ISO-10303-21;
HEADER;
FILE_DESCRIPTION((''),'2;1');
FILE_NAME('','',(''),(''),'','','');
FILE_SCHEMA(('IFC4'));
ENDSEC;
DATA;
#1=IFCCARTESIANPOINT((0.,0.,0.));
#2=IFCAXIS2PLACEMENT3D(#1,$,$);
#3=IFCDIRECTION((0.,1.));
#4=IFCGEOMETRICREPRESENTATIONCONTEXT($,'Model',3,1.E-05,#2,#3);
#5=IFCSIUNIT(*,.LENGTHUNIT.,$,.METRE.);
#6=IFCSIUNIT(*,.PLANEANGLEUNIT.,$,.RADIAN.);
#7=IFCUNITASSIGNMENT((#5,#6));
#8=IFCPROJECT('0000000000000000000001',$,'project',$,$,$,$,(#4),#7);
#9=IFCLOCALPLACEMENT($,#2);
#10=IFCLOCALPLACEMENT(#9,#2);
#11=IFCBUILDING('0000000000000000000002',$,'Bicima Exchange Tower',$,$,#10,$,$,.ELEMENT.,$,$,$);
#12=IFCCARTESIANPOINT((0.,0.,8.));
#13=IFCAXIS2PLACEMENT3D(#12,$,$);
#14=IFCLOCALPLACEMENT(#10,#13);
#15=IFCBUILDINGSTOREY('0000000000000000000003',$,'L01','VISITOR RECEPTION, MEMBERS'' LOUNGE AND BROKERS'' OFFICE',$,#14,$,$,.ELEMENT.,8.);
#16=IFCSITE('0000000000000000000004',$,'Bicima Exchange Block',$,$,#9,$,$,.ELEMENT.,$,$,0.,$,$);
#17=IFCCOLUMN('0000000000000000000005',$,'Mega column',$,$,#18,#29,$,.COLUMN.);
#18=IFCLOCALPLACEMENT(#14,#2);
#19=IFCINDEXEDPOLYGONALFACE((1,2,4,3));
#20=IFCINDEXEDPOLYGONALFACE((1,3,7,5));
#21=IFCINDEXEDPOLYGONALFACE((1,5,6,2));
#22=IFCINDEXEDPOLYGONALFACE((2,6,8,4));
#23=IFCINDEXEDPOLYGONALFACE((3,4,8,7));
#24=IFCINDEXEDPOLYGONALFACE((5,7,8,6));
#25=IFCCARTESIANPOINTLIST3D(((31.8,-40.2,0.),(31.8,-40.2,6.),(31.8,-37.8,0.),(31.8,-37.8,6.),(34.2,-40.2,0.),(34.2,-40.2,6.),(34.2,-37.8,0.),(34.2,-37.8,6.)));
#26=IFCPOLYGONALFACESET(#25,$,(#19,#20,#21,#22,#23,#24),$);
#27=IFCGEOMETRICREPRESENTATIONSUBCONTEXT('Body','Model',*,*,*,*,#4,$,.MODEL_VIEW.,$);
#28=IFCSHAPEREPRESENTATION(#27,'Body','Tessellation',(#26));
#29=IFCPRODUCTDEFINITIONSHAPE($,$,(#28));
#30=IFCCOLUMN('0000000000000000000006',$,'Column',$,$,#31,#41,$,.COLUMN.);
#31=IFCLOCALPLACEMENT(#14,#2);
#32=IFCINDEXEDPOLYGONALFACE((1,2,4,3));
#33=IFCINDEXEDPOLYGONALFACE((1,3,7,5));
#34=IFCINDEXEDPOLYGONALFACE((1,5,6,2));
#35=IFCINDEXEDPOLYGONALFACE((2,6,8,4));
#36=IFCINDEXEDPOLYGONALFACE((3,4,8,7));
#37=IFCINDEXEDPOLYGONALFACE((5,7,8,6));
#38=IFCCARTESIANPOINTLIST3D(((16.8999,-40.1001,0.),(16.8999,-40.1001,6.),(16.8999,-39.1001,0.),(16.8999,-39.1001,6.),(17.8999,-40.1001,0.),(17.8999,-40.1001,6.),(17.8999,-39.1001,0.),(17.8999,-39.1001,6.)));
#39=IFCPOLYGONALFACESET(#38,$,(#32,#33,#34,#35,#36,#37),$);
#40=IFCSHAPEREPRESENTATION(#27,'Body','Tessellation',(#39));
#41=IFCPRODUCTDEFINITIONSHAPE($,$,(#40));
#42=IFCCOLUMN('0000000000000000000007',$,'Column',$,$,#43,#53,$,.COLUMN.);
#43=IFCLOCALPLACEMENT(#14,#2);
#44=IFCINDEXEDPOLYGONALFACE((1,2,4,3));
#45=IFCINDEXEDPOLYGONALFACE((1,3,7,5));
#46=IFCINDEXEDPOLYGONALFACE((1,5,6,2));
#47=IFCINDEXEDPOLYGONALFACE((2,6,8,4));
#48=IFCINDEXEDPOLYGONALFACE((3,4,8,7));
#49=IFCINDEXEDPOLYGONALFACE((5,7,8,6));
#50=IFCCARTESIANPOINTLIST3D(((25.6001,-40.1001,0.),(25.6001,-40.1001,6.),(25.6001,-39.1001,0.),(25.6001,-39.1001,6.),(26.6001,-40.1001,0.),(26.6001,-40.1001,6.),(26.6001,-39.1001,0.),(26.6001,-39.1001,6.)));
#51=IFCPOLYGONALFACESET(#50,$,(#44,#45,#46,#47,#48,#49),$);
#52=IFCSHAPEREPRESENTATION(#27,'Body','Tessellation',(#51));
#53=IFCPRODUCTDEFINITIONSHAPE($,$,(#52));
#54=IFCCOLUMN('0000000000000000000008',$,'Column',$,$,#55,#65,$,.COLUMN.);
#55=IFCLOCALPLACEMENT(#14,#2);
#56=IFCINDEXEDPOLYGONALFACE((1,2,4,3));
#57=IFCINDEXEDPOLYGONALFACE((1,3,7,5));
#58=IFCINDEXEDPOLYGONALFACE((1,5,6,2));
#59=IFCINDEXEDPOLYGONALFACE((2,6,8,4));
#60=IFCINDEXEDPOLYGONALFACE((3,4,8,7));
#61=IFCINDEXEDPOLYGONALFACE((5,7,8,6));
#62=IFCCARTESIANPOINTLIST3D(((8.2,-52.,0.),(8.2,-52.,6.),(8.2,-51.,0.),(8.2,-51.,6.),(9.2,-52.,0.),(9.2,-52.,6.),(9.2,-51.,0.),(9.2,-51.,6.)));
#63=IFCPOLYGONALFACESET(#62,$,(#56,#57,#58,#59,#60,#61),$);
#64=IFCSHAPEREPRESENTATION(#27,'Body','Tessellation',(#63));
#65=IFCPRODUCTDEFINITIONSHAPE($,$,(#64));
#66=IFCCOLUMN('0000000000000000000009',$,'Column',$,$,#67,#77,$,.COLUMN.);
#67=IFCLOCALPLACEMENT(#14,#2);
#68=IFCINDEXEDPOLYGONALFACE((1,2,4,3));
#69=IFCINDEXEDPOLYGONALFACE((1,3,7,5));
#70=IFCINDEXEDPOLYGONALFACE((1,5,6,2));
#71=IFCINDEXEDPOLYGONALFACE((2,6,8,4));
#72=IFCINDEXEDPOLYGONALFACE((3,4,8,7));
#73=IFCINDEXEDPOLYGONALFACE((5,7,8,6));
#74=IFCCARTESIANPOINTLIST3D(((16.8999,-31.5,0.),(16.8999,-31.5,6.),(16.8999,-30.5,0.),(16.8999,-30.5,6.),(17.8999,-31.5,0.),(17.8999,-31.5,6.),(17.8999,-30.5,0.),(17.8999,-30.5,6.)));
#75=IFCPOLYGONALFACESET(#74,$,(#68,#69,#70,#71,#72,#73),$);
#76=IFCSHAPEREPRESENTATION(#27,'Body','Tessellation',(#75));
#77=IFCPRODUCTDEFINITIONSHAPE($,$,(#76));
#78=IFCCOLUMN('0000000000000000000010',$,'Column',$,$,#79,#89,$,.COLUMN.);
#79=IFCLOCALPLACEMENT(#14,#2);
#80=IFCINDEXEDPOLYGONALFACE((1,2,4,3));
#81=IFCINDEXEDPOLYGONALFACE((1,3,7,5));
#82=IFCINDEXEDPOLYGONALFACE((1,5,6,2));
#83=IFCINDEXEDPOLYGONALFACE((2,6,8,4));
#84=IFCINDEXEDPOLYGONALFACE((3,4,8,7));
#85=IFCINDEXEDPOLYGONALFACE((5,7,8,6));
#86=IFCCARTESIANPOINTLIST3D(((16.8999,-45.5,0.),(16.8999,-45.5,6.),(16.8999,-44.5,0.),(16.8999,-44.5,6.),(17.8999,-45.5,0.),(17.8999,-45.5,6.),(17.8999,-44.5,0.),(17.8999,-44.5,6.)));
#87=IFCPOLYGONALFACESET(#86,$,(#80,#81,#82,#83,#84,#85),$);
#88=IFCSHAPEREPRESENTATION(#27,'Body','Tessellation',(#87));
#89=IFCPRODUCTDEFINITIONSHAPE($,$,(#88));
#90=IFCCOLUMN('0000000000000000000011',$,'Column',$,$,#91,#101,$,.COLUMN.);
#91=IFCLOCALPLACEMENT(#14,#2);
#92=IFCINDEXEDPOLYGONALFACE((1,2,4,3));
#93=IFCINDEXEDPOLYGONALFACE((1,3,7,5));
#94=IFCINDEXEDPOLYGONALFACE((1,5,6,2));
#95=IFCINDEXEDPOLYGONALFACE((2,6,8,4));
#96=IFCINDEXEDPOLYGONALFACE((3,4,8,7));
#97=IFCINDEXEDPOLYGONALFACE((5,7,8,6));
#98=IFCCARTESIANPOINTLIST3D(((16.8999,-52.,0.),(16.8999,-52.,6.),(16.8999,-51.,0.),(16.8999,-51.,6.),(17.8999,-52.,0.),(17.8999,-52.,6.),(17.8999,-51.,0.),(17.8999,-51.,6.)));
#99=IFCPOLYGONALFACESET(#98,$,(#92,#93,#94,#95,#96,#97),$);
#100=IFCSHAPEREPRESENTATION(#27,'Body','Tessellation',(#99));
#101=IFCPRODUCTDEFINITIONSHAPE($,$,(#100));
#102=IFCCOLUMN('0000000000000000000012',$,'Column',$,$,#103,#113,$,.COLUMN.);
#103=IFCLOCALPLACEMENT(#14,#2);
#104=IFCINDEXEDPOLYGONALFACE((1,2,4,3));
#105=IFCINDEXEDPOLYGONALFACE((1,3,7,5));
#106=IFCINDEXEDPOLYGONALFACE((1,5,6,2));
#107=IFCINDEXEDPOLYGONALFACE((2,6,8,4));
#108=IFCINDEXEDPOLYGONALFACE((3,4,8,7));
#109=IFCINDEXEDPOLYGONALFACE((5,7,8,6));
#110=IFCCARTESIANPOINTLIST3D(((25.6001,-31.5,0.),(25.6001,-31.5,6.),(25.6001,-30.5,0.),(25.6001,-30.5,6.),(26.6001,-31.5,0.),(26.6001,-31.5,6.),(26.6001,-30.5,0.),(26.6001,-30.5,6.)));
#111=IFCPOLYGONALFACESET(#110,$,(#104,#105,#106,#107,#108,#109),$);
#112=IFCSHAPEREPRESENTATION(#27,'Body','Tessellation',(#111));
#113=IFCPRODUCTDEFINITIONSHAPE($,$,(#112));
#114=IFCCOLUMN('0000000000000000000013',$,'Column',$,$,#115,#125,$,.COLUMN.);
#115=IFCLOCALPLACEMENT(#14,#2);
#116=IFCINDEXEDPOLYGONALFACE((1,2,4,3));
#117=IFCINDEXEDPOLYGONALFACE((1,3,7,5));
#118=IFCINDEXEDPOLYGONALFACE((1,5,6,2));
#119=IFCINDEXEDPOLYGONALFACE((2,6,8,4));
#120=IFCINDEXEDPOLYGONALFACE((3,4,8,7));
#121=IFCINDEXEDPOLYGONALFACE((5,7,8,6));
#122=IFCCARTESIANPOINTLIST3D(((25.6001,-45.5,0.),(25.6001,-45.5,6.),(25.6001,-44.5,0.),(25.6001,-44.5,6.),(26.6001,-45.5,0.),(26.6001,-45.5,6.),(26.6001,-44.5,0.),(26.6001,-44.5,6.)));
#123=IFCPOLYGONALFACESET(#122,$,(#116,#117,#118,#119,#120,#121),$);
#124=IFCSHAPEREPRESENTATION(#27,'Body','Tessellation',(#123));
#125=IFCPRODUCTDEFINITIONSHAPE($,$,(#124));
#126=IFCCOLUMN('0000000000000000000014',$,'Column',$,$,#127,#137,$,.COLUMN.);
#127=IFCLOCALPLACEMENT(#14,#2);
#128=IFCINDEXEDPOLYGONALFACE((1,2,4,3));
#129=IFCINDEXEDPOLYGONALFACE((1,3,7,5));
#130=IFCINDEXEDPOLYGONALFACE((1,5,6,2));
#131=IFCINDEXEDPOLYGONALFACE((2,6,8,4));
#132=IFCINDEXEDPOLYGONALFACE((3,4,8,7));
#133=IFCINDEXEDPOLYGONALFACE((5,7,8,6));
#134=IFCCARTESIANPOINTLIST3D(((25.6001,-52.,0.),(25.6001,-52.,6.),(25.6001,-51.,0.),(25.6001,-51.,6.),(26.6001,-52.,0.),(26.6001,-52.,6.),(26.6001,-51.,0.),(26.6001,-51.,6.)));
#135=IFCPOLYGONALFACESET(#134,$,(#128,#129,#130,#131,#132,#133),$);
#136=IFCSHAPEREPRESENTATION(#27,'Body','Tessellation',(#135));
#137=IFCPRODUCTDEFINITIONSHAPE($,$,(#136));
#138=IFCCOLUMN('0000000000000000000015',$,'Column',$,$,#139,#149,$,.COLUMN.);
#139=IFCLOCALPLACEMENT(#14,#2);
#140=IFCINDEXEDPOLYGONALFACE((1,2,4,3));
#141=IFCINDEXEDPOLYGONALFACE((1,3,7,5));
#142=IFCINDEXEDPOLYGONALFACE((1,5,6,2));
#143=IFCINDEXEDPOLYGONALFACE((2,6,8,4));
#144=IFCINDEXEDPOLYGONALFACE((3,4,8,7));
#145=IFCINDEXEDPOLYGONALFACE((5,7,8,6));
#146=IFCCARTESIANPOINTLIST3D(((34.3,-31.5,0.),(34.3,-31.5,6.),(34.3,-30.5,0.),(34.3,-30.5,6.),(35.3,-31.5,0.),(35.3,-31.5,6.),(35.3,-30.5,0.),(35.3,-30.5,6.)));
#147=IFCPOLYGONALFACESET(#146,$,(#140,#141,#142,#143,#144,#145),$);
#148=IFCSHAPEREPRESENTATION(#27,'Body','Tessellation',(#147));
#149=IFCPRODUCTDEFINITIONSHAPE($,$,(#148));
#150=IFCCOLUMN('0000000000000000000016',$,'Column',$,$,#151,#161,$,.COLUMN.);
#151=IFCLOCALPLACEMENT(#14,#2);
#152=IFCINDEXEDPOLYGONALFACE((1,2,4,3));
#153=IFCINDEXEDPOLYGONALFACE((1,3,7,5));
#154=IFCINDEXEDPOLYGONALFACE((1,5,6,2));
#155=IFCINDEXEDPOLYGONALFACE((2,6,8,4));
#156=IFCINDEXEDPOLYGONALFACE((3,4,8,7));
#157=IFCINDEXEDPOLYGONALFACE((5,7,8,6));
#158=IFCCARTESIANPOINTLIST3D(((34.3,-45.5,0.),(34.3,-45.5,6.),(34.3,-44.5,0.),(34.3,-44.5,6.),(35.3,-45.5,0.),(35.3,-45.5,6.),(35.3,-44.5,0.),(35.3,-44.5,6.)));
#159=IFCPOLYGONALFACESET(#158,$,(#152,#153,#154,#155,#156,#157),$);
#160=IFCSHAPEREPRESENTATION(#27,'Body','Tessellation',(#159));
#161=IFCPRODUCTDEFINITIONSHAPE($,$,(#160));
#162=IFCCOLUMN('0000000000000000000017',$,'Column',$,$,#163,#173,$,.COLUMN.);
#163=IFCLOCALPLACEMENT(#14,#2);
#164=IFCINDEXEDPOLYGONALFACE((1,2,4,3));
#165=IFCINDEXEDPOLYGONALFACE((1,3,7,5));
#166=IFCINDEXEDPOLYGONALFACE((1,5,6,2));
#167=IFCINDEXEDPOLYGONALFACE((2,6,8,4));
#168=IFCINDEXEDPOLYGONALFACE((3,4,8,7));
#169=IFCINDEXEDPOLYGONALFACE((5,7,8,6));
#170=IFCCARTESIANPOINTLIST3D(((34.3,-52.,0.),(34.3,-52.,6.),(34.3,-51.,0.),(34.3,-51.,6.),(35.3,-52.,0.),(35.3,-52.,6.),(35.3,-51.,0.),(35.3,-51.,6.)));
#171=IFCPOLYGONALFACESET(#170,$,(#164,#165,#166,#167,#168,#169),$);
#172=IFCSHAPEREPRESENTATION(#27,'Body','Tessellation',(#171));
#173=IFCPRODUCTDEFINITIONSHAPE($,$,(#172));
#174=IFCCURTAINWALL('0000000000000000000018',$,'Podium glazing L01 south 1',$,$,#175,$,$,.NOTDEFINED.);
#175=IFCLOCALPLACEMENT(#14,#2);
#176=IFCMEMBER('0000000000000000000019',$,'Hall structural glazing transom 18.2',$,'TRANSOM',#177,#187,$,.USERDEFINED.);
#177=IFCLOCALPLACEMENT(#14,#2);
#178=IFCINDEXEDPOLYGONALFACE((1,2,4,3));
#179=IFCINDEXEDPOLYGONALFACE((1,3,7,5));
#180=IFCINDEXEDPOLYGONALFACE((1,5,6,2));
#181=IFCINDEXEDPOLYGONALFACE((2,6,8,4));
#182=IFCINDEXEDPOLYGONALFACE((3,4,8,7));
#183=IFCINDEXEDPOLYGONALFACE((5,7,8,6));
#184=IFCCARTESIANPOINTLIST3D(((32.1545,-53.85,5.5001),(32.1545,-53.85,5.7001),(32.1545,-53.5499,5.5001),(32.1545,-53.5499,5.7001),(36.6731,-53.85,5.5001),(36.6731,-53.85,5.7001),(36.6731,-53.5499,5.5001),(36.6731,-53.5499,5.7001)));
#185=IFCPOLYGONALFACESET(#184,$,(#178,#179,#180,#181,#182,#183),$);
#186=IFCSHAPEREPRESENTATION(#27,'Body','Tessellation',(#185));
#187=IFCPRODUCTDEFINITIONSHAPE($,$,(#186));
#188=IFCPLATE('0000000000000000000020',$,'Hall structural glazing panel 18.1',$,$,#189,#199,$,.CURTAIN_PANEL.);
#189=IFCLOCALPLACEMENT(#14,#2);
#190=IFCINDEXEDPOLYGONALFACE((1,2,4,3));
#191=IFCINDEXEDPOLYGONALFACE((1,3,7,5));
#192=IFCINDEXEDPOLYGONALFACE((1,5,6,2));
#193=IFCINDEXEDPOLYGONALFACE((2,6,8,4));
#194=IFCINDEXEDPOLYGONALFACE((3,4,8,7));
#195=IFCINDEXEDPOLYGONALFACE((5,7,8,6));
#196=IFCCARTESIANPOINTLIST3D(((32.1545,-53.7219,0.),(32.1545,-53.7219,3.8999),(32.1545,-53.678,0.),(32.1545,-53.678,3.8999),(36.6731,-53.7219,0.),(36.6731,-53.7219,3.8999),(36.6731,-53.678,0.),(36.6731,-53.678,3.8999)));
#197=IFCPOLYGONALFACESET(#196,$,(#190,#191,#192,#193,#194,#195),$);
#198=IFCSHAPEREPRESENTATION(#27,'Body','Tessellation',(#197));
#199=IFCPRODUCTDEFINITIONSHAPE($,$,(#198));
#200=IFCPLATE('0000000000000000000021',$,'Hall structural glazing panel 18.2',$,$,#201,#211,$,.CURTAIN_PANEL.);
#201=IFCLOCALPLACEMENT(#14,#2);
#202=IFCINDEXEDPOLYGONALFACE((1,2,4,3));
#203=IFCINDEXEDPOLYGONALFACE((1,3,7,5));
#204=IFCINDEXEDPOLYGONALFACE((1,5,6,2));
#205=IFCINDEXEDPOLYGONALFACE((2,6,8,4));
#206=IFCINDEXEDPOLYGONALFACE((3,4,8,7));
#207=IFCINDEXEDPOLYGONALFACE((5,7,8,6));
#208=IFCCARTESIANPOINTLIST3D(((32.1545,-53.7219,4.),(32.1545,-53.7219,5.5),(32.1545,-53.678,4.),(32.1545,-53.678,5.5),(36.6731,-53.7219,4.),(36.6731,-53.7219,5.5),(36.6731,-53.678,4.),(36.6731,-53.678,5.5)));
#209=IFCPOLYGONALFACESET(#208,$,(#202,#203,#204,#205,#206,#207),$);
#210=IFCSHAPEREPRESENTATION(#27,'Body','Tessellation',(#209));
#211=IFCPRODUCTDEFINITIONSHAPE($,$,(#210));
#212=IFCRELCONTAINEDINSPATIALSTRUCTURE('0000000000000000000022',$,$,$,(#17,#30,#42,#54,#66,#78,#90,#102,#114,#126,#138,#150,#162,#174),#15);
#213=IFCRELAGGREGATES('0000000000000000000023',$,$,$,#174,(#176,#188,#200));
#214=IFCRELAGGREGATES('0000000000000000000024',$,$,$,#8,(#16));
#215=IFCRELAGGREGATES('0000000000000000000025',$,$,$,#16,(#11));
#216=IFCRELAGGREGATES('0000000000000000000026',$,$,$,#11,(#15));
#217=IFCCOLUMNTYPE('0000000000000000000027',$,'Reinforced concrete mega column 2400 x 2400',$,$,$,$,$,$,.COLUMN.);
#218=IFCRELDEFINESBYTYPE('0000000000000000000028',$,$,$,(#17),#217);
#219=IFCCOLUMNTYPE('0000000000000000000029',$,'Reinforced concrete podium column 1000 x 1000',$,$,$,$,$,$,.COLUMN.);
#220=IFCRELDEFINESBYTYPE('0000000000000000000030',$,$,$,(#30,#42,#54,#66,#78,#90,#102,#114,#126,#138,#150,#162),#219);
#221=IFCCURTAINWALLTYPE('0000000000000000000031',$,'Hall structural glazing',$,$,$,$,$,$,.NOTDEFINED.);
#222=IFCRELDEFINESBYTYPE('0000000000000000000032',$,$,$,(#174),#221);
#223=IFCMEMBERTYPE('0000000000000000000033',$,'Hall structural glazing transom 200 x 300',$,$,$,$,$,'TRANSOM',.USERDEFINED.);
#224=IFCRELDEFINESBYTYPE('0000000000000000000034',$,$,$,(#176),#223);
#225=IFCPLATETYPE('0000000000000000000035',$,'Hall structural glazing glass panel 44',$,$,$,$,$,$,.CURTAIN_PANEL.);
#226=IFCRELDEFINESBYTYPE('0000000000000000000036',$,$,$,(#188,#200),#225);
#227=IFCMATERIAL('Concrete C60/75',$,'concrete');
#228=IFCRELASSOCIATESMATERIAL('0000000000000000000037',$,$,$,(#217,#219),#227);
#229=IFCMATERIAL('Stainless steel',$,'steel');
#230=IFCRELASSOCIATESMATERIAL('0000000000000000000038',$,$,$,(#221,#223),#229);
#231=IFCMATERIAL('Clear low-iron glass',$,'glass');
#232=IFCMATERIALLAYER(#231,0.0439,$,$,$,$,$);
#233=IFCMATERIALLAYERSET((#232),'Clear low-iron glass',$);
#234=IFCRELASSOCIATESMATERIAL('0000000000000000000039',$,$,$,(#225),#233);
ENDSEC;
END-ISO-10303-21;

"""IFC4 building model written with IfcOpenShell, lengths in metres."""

from ifc_helpers import new_model, si_unit, direction, frame, origin, origin_2d, place, context, subcontext, project, spatial, rectangle, extrude, material, layer, layer_set, material_profile, profile_set, type_object, element, aggregate, save


model = new_model("IFC4")

# Units and contexts
model_context = context("Model", 3, precision=1e-05, world=origin(), true_north=direction((0.0, 1.0)))
body_context = subcontext(model_context, "Body", "Model", "MODEL_VIEW")
ifc_project = project(units=[si_unit("LENGTHUNIT", "METRE"), si_unit("PLANEANGLEUNIT", "RADIAN")], contexts=[model_context])

# Site, building, storey
site_placement = place(None, origin())
site = spatial("IfcSite", under=ifc_project, at=site_placement, Name="Bicima Exchange Block", CompositionType="ELEMENT", RefElevation=0.0)
building_placement = place(site_placement, origin())
building = spatial("IfcBuilding", under=site, at=building_placement, Name="Bicima Exchange Tower", CompositionType="ELEMENT")
storey_placement = place(building_placement, frame((0.0, 0.0, 8.0)))
storey = spatial("IfcBuildingStorey", under=building, at=storey_placement, Name="L01", Description="VISITOR RECEPTION, MEMBERS' LOUNGE AND BROKERS' OFFICE", CompositionType="ELEMENT", Elevation=8.0)

# Columns
ifc_material_1 = material(Name="Concrete C60/75", Category="concrete")
ifc_material_profile_1 = material_profile(ifc_material_1, rectangle(XDim=2.3999, YDim=2.3999, at=origin_2d()))
ifc_profile_set_1 = profile_set([ifc_material_profile_1], Name="Concrete C60/75")
column_type_1 = type_object("IfcColumnType", Name="Reinforced concrete mega column 2400 x 2400", PredefinedType="COLUMN", material=ifc_profile_set_1)
column_placement = place(storey_placement, frame((33.0, -39.0, 0.0), z_axis=(0.0, 0.0, 1.0), x_axis=(1.0, 0.0, 0.0)))
element("IfcColumn", 1, at=column_placement, inside=storey, type_object=column_type_1, Name="Mega column", PredefinedType="COLUMN", context=body_context, shape_type="SweptSolid", body=[
    extrude(rectangle(XDim=2.3999, YDim=2.3999, at=origin_2d()), origin(), (0.0, 0.0, 1.0), 6.0),
])
ifc_material_profile_2 = material_profile(ifc_material_1, rectangle(XDim=1.0, YDim=1.0, at=origin_2d()))
ifc_profile_set_2 = profile_set([ifc_material_profile_2], Name="Concrete C60/75")
column_type_2 = type_object("IfcColumnType", Name="Reinforced concrete podium column 1000 x 1000", PredefinedType="COLUMN", material=ifc_profile_set_2)
for number, where, z_axis, x_axis, name in (
    (2, (17.3999, -39.6001, 0.0), (0.0, 0.0, 1.0), (1.0, 0.0, 0.0), "Column"),
    (3, (26.1001, -39.6001, 0.0), (0.0, 0.0, 1.0), (1.0, 0.0, 0.0), "Column"),
    (4, (8.7, -51.5, 0.0), (0.0, 0.0, 1.0), (1.0, 0.0, 0.0), "Column"),
    (5, (17.3999, -31.0, 0.0), (0.0, 0.0, 1.0), (1.0, 0.0, 0.0), "Column"),
    (6, (17.3999, -45.0, 0.0), (0.0, 0.0, 1.0), (1.0, 0.0, 0.0), "Column"),
    (7, (17.3999, -51.5, 0.0), (0.0, 0.0, 1.0), (1.0, 0.0, 0.0), "Column"),
    (8, (26.1001, -31.0, 0.0), (0.0, 0.0, 1.0), (1.0, 0.0, 0.0), "Column"),
    (9, (26.1001, -45.0, 0.0), (0.0, 0.0, 1.0), (1.0, 0.0, 0.0), "Column"),
    (10, (26.1001, -51.5, 0.0), (0.0, 0.0, 1.0), (1.0, 0.0, 0.0), "Column"),
    (11, (34.8, -31.0, 0.0), (0.0, 0.0, 1.0), (1.0, 0.0, 0.0), "Column"),
    (12, (34.8, -45.0, 0.0), (0.0, 0.0, 1.0), (1.0, 0.0, 0.0), "Column"),
    (13, (34.8, -51.5, 0.0), (0.0, 0.0, 1.0), (1.0, 0.0, 0.0), "Column"),
):
    element("IfcColumn", number, at=place(storey_placement, frame(where, z_axis=z_axis, x_axis=x_axis)), inside=storey, type_object=column_type_2, Name=name, PredefinedType="COLUMN", context=body_context, shape_type="SweptSolid", body=[
        extrude(rectangle(XDim=1.0, YDim=1.0, at=origin_2d()), origin(), (0.0, 0.0, 1.0), 6.0),
    ])

# Curtain wall, member, plates
ifc_material_2 = material(Name="Stainless steel", Category="steel")
curtain_wall_type = type_object("IfcCurtainWallType", Name="Hall structural glazing", PredefinedType="NOTDEFINED", material=ifc_material_2)
curtain_wall_placement = place(storey_placement, origin())
curtain_wall = element("IfcCurtainWall", 14, at=curtain_wall_placement, inside=storey, type_object=curtain_wall_type, Name="Podium glazing L01 south 1", PredefinedType="NOTDEFINED")
ifc_material_profile_3 = material_profile(ifc_material_2, rectangle(XDim=0.3, YDim=0.2, at=origin_2d()))
ifc_profile_set_3 = profile_set([ifc_material_profile_3], Name="Stainless steel")
member_type = type_object("IfcMemberType", Name="Hall structural glazing transom 200 x 300", ElementType="TRANSOM", PredefinedType="USERDEFINED", material=ifc_profile_set_3)
member_placement = place(storey_placement, frame((32.1545, -53.7, 5.6001), z_axis=(1.0, 0.0, 0.0), x_axis=(0.0, 1.0, 0.0)))
member = element("IfcMember", 15, at=member_placement, type_object=member_type, Name="Hall structural glazing transom 18.2", ObjectType="TRANSOM", PredefinedType="USERDEFINED", context=body_context, shape_type="SweptSolid", body=[
    extrude(rectangle(XDim=0.3, YDim=0.2, at=origin_2d()), origin(), (0.0, 0.0, 1.0), 4.5186),
])
ifc_material_3 = material(Name="Clear low-iron glass", Category="glass")
ifc_layer_1 = layer(ifc_material_3, 0.0439)
ifc_layer_set_1 = layer_set([ifc_layer_1], Name="Clear low-iron glass")
plate_type = type_object("IfcPlateType", Name="Hall structural glazing glass panel 44", PredefinedType="CURTAIN_PANEL", material=ifc_layer_set_1)
plate_1_placement = place(storey_placement, frame((34.4138, -53.7, 0.0), z_axis=(0.0, 0.0, 1.0), x_axis=(1.0, 0.0, 0.0)))
plate_1 = element("IfcPlate", 16, at=plate_1_placement, type_object=plate_type, Name="Hall structural glazing panel 18.1", PredefinedType="CURTAIN_PANEL", context=body_context, shape_type="SweptSolid", body=[
    extrude(rectangle(XDim=4.5186, YDim=0.0439, at=origin_2d()), origin(), (0.0, 0.0, 1.0), 3.8999),
])
plate_2_placement = place(storey_placement, frame((34.4138, -53.7, 4.0), z_axis=(0.0, 0.0, 1.0), x_axis=(1.0, 0.0, 0.0)))
plate_2 = element("IfcPlate", 17, at=plate_2_placement, type_object=plate_type, Name="Hall structural glazing panel 18.2", PredefinedType="CURTAIN_PANEL", context=body_context, shape_type="SweptSolid", body=[
    extrude(rectangle(XDim=4.5186, YDim=0.0439, at=origin_2d()), origin(), (0.0, 0.0, 1.0), 1.5),
])
aggregate(curtain_wall, [member, plate_1, plate_2])

save(model, "model.ifc")
